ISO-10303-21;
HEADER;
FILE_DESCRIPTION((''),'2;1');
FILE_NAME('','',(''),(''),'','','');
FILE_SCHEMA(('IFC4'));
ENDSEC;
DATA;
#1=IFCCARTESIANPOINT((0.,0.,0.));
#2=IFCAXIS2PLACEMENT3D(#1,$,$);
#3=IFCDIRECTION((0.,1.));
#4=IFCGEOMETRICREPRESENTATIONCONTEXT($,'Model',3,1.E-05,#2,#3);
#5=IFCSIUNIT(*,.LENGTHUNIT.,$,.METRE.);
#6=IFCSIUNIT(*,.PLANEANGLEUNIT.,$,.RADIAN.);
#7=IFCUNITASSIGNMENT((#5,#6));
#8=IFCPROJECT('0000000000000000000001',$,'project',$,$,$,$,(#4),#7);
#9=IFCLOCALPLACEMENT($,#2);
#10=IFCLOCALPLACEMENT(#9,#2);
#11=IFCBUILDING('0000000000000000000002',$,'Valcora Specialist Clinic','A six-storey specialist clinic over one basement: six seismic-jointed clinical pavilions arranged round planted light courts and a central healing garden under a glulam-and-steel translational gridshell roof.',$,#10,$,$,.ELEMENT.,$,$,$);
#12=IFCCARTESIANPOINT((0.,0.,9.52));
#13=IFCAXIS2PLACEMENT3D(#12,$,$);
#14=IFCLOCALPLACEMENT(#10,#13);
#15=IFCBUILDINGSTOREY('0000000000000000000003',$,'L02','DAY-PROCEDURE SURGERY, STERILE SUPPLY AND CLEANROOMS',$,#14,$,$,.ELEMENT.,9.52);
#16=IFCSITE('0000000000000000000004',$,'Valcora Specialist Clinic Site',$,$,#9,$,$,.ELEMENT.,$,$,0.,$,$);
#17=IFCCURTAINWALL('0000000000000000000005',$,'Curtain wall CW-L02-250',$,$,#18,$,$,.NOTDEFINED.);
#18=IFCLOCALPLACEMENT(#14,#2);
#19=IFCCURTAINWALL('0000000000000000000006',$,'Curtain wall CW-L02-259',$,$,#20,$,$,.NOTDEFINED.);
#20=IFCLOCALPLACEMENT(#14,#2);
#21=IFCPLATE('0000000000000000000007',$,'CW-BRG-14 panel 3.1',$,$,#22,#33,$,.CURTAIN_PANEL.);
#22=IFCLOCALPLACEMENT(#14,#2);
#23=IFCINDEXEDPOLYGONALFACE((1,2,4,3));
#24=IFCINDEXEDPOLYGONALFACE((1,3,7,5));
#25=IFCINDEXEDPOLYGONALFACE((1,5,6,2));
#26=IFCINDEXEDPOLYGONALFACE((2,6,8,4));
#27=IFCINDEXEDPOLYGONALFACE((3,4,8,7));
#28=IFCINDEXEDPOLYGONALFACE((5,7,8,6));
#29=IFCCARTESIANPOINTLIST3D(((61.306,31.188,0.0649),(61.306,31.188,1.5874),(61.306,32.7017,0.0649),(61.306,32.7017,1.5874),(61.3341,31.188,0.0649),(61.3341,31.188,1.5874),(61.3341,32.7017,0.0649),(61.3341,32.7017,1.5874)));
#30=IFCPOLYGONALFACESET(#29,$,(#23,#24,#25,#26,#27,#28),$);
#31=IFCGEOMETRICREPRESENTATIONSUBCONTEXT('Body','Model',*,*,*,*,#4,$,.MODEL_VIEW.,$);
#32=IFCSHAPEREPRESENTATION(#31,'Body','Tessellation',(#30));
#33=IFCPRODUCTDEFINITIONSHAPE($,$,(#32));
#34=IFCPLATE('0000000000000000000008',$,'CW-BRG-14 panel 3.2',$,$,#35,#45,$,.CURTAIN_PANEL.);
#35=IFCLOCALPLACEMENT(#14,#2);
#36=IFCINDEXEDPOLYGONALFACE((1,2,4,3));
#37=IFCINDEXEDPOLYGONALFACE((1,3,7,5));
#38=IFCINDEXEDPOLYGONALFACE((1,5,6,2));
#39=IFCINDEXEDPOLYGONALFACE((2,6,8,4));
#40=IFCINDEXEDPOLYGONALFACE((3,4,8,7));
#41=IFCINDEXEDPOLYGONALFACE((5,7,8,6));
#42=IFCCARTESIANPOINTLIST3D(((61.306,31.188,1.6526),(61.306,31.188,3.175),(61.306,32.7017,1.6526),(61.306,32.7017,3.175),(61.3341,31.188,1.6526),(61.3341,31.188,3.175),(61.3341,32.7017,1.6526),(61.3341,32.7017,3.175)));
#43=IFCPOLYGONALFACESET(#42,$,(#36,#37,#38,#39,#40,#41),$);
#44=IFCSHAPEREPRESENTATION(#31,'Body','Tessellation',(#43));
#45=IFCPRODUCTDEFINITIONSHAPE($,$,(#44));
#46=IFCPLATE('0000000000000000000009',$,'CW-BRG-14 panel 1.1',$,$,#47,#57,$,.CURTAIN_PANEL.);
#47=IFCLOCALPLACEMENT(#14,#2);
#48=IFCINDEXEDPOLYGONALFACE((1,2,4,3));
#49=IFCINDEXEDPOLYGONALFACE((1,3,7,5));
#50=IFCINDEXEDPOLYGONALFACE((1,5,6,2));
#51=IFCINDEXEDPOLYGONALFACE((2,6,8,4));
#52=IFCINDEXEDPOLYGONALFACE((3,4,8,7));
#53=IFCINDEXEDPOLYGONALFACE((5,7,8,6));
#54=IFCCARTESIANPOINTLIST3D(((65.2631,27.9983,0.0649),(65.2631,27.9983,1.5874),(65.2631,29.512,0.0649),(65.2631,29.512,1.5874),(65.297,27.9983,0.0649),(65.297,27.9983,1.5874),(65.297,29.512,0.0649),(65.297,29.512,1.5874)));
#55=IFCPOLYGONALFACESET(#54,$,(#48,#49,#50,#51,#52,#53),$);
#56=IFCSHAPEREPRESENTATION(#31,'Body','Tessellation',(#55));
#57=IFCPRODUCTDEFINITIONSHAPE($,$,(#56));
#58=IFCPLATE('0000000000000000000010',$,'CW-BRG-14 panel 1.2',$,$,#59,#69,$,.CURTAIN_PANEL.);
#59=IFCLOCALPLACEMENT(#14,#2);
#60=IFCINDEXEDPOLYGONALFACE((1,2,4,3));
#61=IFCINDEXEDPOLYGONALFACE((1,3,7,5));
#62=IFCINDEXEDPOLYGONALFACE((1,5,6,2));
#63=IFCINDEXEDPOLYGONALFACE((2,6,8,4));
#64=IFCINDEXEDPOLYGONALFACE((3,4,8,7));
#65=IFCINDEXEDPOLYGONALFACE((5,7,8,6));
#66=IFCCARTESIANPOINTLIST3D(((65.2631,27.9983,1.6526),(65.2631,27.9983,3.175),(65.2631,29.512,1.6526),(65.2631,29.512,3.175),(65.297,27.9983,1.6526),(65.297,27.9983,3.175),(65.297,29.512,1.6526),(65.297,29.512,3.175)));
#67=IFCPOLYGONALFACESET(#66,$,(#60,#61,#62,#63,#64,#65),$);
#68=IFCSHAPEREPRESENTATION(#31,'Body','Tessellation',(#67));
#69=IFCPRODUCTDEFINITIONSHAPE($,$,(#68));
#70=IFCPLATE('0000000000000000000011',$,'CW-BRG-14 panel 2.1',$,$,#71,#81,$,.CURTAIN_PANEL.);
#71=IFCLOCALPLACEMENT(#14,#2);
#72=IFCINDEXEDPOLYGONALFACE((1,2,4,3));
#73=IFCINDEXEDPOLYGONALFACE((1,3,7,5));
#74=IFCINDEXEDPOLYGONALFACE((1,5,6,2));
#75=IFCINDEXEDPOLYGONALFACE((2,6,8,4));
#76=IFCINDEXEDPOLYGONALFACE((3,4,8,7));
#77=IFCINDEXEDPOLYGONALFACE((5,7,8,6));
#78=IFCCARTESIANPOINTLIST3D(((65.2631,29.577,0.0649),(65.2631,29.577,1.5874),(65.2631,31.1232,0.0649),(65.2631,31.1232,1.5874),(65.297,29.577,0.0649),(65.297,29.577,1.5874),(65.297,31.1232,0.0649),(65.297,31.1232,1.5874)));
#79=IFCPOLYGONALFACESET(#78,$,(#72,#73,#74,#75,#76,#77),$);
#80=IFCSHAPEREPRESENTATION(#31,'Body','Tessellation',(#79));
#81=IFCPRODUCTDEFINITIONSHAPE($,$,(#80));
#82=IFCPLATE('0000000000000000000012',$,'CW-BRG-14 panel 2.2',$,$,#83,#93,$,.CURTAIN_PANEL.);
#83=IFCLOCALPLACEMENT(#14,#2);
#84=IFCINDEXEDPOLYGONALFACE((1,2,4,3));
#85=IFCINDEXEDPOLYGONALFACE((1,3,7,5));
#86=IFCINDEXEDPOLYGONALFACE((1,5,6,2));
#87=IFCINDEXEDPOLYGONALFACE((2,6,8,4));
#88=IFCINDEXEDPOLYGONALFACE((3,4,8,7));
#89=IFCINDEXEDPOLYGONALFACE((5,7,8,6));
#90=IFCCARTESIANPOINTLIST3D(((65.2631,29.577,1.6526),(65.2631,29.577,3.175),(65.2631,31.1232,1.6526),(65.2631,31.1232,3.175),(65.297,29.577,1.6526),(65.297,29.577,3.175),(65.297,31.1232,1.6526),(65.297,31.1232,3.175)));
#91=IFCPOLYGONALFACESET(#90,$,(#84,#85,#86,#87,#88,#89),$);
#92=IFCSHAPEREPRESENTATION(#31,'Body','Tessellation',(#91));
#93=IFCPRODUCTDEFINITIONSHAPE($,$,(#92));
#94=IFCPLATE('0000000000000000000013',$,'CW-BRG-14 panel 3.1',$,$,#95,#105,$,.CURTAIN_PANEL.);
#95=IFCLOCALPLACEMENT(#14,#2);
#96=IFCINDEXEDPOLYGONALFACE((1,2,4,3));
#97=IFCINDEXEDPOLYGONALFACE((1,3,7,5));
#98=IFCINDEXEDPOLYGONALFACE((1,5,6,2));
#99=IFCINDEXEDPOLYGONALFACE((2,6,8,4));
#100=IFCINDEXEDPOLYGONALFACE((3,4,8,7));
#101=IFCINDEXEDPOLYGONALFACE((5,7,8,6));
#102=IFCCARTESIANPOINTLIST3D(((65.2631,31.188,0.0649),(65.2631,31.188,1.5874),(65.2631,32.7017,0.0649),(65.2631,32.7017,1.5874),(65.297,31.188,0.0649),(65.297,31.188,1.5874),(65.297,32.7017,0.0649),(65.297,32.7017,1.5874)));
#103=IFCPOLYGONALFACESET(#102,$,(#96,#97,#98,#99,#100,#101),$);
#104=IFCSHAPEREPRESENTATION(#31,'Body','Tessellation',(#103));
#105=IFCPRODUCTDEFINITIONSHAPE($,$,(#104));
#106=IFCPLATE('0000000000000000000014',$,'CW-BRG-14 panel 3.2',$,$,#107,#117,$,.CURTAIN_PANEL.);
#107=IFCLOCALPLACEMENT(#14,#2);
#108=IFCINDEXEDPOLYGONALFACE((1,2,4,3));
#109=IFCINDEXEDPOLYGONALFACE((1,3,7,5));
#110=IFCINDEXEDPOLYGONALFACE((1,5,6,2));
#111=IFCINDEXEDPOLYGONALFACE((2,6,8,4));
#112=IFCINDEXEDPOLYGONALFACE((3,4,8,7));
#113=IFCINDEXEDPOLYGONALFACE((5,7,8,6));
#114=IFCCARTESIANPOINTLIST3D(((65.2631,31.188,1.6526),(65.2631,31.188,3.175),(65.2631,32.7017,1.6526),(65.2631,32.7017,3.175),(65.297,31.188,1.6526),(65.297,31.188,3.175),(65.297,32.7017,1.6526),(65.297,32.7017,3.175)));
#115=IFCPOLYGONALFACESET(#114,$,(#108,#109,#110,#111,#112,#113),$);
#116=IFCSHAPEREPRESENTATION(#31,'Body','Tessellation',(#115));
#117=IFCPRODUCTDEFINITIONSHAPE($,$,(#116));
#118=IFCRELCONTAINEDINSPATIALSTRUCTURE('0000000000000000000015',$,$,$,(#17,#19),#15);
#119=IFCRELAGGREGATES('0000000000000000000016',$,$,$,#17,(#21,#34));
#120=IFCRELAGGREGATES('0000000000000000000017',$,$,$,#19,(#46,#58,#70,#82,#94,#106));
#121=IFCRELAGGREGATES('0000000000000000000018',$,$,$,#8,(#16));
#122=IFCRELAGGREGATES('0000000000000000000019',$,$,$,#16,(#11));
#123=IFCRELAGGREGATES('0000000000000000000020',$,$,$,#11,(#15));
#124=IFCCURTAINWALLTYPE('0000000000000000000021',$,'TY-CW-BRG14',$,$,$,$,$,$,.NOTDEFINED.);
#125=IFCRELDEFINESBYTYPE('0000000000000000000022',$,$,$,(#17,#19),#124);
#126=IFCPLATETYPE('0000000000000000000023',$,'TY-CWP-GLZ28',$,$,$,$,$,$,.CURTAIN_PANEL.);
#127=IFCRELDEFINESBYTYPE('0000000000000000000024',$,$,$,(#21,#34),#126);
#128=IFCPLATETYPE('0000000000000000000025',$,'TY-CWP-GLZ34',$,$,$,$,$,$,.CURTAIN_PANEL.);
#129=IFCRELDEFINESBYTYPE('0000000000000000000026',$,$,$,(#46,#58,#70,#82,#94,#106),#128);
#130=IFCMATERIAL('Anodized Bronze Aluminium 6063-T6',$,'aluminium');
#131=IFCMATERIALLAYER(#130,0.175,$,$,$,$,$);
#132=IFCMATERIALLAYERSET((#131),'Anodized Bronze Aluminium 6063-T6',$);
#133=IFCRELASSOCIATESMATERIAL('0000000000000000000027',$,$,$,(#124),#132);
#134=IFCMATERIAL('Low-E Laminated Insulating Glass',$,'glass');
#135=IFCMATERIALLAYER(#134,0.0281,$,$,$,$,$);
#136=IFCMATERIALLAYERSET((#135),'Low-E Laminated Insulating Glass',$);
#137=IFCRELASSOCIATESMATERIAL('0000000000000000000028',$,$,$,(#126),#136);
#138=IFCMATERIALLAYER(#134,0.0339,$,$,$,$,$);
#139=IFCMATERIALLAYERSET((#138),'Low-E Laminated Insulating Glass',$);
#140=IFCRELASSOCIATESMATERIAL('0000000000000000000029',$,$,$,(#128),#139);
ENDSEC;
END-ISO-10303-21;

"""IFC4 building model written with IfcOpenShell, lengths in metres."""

from ifc_helpers import new_model, si_unit, direction, frame, origin, origin_2d, place, context, subcontext, project, spatial, rectangle, extrude, material, layer, layer_set, type_object, element, aggregate, save


model = new_model("IFC4")

# Units and contexts
model_context = context("Model", 3, precision=1e-05, world=origin(), true_north=direction((0.0, 1.0)))
body_context = subcontext(model_context, "Body", "Model", "MODEL_VIEW")
ifc_project = project(units=[si_unit("LENGTHUNIT", "METRE"), si_unit("PLANEANGLEUNIT", "RADIAN")], contexts=[model_context])

# Site, building, storey
site_placement = place(None, origin())
site = spatial("IfcSite", under=ifc_project, at=site_placement, Name="Valcora Specialist Clinic Site", CompositionType="ELEMENT", RefElevation=0.0)
building_placement = place(site_placement, origin())
building = spatial("IfcBuilding", under=site, at=building_placement, Name="Valcora Specialist Clinic", Description="A six-storey specialist clinic over one basement: six seismic-jointed clinical pavilions arranged round planted light courts and a central healing garden under a glulam-and-steel translational gridshell roof.", CompositionType="ELEMENT")
storey_placement = place(building_placement, frame((0.0, 0.0, 9.52)))
storey = spatial("IfcBuildingStorey", under=building, at=storey_placement, Name="L02", Description="DAY-PROCEDURE SURGERY, STERILE SUPPLY AND CLEANROOMS", CompositionType="ELEMENT", Elevation=9.52)

# Curtain walls
ifc_material_1 = material(Name="Anodized Bronze Aluminium 6063-T6", Category="aluminium")
ifc_layer_1 = layer(ifc_material_1, 0.175)
ifc_layer_set_1 = layer_set([ifc_layer_1], Name="Anodized Bronze Aluminium 6063-T6")
curtain_wall_type = type_object("IfcCurtainWallType", Name="TY-CW-BRG14", PredefinedType="NOTDEFINED", material=ifc_layer_set_1)
curtain_wall_1_placement = place(storey_placement, origin())
curtain_wall_1 = element("IfcCurtainWall", 1, at=curtain_wall_1_placement, inside=storey, type_object=curtain_wall_type, Name="Curtain wall CW-L02-250", PredefinedType="NOTDEFINED")
curtain_wall_2_placement = place(storey_placement, origin())
curtain_wall_2 = element("IfcCurtainWall", 2, at=curtain_wall_2_placement, inside=storey, type_object=curtain_wall_type, Name="Curtain wall CW-L02-259", PredefinedType="NOTDEFINED")

# Plates
ifc_material_2 = material(Name="Low-E Laminated Insulating Glass", Category="glass")
ifc_layer_2 = layer(ifc_material_2, 0.0281)
ifc_layer_set_2 = layer_set([ifc_layer_2], Name="Low-E Laminated Insulating Glass")
plate_type_1 = type_object("IfcPlateType", Name="TY-CWP-GLZ28", PredefinedType="CURTAIN_PANEL", material=ifc_layer_set_2)
plate_1_placement = place(storey_placement, frame((61.3201, 31.9448, 0.0649), z_axis=(0.0, 0.0, 1.0), x_axis=(0.0, 1.0, 0.0)))
plate_1 = element("IfcPlate", 3, at=plate_1_placement, type_object=plate_type_1, Name="CW-BRG-14 panel 3.1", PredefinedType="CURTAIN_PANEL", context=body_context, shape_type="SweptSolid", body=[
    extrude(rectangle(XDim=1.5137, YDim=0.0281, at=origin_2d()), origin(), (0.0, 0.0, 1.0), 1.5225),
])
plate_2_placement = place(storey_placement, frame((61.3201, 31.9448, 1.6526), z_axis=(0.0, 0.0, 1.0), x_axis=(0.0, 1.0, 0.0)))
plate_2 = element("IfcPlate", 4, at=plate_2_placement, type_object=plate_type_1, Name="CW-BRG-14 panel 3.2", PredefinedType="CURTAIN_PANEL", context=body_context, shape_type="SweptSolid", body=[
    extrude(rectangle(XDim=1.5137, YDim=0.0281, at=origin_2d()), origin(), (0.0, 0.0, 1.0), 1.5225),
])
aggregate(curtain_wall_1, [plate_1, plate_2])
ifc_layer_3 = layer(ifc_material_2, 0.0339)
ifc_layer_set_3 = layer_set([ifc_layer_3], Name="Low-E Laminated Insulating Glass")
plate_type_2 = type_object("IfcPlateType", Name="TY-CWP-GLZ34", PredefinedType="CURTAIN_PANEL", material=ifc_layer_set_3)
plate_3_placement = place(storey_placement, frame((65.28, 28.7551, 0.0649), z_axis=(0.0, 0.0, 1.0), x_axis=(0.0, 1.0, 0.0)))
plate_3 = element("IfcPlate", 5, at=plate_3_placement, type_object=plate_type_2, Name="CW-BRG-14 panel 1.1", PredefinedType="CURTAIN_PANEL", context=body_context, shape_type="SweptSolid", body=[
    extrude(rectangle(XDim=1.5137, YDim=0.0339, at=origin_2d()), origin(), (0.0, 0.0, 1.0), 1.5225),
])
plate_4_placement = place(storey_placement, frame((65.28, 28.7551, 1.6526), z_axis=(0.0, 0.0, 1.0), x_axis=(0.0, 1.0, 0.0)))
plate_4 = element("IfcPlate", 6, at=plate_4_placement, type_object=plate_type_2, Name="CW-BRG-14 panel 1.2", PredefinedType="CURTAIN_PANEL", context=body_context, shape_type="SweptSolid", body=[
    extrude(rectangle(XDim=1.5137, YDim=0.0339, at=origin_2d()), origin(), (0.0, 0.0, 1.0), 1.5225),
])
plate_5_placement = place(storey_placement, frame((65.28, 30.3501, 0.0649), z_axis=(0.0, 0.0, 1.0), x_axis=(0.0, 1.0, 0.0)))
plate_5 = element("IfcPlate", 7, at=plate_5_placement, type_object=plate_type_2, Name="CW-BRG-14 panel 2.1", PredefinedType="CURTAIN_PANEL", context=body_context, shape_type="SweptSolid", body=[
    extrude(rectangle(XDim=1.5461, YDim=0.0339, at=origin_2d()), origin(), (0.0, 0.0, 1.0), 1.5225),
])
plate_6_placement = place(storey_placement, frame((65.28, 30.3501, 1.6526), z_axis=(0.0, 0.0, 1.0), x_axis=(0.0, 1.0, 0.0)))
plate_6 = element("IfcPlate", 8, at=plate_6_placement, type_object=plate_type_2, Name="CW-BRG-14 panel 2.2", PredefinedType="CURTAIN_PANEL", context=body_context, shape_type="SweptSolid", body=[
    extrude(rectangle(XDim=1.5461, YDim=0.0339, at=origin_2d()), origin(), (0.0, 0.0, 1.0), 1.5225),
])
plate_7_placement = place(storey_placement, frame((65.28, 31.9448, 0.0649), z_axis=(0.0, 0.0, 1.0), x_axis=(0.0, 1.0, 0.0)))
plate_7 = element("IfcPlate", 9, at=plate_7_placement, type_object=plate_type_2, Name="CW-BRG-14 panel 3.1", PredefinedType="CURTAIN_PANEL", context=body_context, shape_type="SweptSolid", body=[
    extrude(rectangle(XDim=1.5137, YDim=0.0339, at=origin_2d()), origin(), (0.0, 0.0, 1.0), 1.5225),
])
plate_8_placement = place(storey_placement, frame((65.28, 31.9448, 1.6526), z_axis=(0.0, 0.0, 1.0), x_axis=(0.0, 1.0, 0.0)))
plate_8 = element("IfcPlate", 10, at=plate_8_placement, type_object=plate_type_2, Name="CW-BRG-14 panel 3.2", PredefinedType="CURTAIN_PANEL", context=body_context, shape_type="SweptSolid", body=[
    extrude(rectangle(XDim=1.5137, YDim=0.0339, at=origin_2d()), origin(), (0.0, 0.0, 1.0), 1.5225),
])
aggregate(curtain_wall_2, [plate_3, plate_4, plate_5, plate_6, plate_7, plate_8])

save(model, "model.ifc")
